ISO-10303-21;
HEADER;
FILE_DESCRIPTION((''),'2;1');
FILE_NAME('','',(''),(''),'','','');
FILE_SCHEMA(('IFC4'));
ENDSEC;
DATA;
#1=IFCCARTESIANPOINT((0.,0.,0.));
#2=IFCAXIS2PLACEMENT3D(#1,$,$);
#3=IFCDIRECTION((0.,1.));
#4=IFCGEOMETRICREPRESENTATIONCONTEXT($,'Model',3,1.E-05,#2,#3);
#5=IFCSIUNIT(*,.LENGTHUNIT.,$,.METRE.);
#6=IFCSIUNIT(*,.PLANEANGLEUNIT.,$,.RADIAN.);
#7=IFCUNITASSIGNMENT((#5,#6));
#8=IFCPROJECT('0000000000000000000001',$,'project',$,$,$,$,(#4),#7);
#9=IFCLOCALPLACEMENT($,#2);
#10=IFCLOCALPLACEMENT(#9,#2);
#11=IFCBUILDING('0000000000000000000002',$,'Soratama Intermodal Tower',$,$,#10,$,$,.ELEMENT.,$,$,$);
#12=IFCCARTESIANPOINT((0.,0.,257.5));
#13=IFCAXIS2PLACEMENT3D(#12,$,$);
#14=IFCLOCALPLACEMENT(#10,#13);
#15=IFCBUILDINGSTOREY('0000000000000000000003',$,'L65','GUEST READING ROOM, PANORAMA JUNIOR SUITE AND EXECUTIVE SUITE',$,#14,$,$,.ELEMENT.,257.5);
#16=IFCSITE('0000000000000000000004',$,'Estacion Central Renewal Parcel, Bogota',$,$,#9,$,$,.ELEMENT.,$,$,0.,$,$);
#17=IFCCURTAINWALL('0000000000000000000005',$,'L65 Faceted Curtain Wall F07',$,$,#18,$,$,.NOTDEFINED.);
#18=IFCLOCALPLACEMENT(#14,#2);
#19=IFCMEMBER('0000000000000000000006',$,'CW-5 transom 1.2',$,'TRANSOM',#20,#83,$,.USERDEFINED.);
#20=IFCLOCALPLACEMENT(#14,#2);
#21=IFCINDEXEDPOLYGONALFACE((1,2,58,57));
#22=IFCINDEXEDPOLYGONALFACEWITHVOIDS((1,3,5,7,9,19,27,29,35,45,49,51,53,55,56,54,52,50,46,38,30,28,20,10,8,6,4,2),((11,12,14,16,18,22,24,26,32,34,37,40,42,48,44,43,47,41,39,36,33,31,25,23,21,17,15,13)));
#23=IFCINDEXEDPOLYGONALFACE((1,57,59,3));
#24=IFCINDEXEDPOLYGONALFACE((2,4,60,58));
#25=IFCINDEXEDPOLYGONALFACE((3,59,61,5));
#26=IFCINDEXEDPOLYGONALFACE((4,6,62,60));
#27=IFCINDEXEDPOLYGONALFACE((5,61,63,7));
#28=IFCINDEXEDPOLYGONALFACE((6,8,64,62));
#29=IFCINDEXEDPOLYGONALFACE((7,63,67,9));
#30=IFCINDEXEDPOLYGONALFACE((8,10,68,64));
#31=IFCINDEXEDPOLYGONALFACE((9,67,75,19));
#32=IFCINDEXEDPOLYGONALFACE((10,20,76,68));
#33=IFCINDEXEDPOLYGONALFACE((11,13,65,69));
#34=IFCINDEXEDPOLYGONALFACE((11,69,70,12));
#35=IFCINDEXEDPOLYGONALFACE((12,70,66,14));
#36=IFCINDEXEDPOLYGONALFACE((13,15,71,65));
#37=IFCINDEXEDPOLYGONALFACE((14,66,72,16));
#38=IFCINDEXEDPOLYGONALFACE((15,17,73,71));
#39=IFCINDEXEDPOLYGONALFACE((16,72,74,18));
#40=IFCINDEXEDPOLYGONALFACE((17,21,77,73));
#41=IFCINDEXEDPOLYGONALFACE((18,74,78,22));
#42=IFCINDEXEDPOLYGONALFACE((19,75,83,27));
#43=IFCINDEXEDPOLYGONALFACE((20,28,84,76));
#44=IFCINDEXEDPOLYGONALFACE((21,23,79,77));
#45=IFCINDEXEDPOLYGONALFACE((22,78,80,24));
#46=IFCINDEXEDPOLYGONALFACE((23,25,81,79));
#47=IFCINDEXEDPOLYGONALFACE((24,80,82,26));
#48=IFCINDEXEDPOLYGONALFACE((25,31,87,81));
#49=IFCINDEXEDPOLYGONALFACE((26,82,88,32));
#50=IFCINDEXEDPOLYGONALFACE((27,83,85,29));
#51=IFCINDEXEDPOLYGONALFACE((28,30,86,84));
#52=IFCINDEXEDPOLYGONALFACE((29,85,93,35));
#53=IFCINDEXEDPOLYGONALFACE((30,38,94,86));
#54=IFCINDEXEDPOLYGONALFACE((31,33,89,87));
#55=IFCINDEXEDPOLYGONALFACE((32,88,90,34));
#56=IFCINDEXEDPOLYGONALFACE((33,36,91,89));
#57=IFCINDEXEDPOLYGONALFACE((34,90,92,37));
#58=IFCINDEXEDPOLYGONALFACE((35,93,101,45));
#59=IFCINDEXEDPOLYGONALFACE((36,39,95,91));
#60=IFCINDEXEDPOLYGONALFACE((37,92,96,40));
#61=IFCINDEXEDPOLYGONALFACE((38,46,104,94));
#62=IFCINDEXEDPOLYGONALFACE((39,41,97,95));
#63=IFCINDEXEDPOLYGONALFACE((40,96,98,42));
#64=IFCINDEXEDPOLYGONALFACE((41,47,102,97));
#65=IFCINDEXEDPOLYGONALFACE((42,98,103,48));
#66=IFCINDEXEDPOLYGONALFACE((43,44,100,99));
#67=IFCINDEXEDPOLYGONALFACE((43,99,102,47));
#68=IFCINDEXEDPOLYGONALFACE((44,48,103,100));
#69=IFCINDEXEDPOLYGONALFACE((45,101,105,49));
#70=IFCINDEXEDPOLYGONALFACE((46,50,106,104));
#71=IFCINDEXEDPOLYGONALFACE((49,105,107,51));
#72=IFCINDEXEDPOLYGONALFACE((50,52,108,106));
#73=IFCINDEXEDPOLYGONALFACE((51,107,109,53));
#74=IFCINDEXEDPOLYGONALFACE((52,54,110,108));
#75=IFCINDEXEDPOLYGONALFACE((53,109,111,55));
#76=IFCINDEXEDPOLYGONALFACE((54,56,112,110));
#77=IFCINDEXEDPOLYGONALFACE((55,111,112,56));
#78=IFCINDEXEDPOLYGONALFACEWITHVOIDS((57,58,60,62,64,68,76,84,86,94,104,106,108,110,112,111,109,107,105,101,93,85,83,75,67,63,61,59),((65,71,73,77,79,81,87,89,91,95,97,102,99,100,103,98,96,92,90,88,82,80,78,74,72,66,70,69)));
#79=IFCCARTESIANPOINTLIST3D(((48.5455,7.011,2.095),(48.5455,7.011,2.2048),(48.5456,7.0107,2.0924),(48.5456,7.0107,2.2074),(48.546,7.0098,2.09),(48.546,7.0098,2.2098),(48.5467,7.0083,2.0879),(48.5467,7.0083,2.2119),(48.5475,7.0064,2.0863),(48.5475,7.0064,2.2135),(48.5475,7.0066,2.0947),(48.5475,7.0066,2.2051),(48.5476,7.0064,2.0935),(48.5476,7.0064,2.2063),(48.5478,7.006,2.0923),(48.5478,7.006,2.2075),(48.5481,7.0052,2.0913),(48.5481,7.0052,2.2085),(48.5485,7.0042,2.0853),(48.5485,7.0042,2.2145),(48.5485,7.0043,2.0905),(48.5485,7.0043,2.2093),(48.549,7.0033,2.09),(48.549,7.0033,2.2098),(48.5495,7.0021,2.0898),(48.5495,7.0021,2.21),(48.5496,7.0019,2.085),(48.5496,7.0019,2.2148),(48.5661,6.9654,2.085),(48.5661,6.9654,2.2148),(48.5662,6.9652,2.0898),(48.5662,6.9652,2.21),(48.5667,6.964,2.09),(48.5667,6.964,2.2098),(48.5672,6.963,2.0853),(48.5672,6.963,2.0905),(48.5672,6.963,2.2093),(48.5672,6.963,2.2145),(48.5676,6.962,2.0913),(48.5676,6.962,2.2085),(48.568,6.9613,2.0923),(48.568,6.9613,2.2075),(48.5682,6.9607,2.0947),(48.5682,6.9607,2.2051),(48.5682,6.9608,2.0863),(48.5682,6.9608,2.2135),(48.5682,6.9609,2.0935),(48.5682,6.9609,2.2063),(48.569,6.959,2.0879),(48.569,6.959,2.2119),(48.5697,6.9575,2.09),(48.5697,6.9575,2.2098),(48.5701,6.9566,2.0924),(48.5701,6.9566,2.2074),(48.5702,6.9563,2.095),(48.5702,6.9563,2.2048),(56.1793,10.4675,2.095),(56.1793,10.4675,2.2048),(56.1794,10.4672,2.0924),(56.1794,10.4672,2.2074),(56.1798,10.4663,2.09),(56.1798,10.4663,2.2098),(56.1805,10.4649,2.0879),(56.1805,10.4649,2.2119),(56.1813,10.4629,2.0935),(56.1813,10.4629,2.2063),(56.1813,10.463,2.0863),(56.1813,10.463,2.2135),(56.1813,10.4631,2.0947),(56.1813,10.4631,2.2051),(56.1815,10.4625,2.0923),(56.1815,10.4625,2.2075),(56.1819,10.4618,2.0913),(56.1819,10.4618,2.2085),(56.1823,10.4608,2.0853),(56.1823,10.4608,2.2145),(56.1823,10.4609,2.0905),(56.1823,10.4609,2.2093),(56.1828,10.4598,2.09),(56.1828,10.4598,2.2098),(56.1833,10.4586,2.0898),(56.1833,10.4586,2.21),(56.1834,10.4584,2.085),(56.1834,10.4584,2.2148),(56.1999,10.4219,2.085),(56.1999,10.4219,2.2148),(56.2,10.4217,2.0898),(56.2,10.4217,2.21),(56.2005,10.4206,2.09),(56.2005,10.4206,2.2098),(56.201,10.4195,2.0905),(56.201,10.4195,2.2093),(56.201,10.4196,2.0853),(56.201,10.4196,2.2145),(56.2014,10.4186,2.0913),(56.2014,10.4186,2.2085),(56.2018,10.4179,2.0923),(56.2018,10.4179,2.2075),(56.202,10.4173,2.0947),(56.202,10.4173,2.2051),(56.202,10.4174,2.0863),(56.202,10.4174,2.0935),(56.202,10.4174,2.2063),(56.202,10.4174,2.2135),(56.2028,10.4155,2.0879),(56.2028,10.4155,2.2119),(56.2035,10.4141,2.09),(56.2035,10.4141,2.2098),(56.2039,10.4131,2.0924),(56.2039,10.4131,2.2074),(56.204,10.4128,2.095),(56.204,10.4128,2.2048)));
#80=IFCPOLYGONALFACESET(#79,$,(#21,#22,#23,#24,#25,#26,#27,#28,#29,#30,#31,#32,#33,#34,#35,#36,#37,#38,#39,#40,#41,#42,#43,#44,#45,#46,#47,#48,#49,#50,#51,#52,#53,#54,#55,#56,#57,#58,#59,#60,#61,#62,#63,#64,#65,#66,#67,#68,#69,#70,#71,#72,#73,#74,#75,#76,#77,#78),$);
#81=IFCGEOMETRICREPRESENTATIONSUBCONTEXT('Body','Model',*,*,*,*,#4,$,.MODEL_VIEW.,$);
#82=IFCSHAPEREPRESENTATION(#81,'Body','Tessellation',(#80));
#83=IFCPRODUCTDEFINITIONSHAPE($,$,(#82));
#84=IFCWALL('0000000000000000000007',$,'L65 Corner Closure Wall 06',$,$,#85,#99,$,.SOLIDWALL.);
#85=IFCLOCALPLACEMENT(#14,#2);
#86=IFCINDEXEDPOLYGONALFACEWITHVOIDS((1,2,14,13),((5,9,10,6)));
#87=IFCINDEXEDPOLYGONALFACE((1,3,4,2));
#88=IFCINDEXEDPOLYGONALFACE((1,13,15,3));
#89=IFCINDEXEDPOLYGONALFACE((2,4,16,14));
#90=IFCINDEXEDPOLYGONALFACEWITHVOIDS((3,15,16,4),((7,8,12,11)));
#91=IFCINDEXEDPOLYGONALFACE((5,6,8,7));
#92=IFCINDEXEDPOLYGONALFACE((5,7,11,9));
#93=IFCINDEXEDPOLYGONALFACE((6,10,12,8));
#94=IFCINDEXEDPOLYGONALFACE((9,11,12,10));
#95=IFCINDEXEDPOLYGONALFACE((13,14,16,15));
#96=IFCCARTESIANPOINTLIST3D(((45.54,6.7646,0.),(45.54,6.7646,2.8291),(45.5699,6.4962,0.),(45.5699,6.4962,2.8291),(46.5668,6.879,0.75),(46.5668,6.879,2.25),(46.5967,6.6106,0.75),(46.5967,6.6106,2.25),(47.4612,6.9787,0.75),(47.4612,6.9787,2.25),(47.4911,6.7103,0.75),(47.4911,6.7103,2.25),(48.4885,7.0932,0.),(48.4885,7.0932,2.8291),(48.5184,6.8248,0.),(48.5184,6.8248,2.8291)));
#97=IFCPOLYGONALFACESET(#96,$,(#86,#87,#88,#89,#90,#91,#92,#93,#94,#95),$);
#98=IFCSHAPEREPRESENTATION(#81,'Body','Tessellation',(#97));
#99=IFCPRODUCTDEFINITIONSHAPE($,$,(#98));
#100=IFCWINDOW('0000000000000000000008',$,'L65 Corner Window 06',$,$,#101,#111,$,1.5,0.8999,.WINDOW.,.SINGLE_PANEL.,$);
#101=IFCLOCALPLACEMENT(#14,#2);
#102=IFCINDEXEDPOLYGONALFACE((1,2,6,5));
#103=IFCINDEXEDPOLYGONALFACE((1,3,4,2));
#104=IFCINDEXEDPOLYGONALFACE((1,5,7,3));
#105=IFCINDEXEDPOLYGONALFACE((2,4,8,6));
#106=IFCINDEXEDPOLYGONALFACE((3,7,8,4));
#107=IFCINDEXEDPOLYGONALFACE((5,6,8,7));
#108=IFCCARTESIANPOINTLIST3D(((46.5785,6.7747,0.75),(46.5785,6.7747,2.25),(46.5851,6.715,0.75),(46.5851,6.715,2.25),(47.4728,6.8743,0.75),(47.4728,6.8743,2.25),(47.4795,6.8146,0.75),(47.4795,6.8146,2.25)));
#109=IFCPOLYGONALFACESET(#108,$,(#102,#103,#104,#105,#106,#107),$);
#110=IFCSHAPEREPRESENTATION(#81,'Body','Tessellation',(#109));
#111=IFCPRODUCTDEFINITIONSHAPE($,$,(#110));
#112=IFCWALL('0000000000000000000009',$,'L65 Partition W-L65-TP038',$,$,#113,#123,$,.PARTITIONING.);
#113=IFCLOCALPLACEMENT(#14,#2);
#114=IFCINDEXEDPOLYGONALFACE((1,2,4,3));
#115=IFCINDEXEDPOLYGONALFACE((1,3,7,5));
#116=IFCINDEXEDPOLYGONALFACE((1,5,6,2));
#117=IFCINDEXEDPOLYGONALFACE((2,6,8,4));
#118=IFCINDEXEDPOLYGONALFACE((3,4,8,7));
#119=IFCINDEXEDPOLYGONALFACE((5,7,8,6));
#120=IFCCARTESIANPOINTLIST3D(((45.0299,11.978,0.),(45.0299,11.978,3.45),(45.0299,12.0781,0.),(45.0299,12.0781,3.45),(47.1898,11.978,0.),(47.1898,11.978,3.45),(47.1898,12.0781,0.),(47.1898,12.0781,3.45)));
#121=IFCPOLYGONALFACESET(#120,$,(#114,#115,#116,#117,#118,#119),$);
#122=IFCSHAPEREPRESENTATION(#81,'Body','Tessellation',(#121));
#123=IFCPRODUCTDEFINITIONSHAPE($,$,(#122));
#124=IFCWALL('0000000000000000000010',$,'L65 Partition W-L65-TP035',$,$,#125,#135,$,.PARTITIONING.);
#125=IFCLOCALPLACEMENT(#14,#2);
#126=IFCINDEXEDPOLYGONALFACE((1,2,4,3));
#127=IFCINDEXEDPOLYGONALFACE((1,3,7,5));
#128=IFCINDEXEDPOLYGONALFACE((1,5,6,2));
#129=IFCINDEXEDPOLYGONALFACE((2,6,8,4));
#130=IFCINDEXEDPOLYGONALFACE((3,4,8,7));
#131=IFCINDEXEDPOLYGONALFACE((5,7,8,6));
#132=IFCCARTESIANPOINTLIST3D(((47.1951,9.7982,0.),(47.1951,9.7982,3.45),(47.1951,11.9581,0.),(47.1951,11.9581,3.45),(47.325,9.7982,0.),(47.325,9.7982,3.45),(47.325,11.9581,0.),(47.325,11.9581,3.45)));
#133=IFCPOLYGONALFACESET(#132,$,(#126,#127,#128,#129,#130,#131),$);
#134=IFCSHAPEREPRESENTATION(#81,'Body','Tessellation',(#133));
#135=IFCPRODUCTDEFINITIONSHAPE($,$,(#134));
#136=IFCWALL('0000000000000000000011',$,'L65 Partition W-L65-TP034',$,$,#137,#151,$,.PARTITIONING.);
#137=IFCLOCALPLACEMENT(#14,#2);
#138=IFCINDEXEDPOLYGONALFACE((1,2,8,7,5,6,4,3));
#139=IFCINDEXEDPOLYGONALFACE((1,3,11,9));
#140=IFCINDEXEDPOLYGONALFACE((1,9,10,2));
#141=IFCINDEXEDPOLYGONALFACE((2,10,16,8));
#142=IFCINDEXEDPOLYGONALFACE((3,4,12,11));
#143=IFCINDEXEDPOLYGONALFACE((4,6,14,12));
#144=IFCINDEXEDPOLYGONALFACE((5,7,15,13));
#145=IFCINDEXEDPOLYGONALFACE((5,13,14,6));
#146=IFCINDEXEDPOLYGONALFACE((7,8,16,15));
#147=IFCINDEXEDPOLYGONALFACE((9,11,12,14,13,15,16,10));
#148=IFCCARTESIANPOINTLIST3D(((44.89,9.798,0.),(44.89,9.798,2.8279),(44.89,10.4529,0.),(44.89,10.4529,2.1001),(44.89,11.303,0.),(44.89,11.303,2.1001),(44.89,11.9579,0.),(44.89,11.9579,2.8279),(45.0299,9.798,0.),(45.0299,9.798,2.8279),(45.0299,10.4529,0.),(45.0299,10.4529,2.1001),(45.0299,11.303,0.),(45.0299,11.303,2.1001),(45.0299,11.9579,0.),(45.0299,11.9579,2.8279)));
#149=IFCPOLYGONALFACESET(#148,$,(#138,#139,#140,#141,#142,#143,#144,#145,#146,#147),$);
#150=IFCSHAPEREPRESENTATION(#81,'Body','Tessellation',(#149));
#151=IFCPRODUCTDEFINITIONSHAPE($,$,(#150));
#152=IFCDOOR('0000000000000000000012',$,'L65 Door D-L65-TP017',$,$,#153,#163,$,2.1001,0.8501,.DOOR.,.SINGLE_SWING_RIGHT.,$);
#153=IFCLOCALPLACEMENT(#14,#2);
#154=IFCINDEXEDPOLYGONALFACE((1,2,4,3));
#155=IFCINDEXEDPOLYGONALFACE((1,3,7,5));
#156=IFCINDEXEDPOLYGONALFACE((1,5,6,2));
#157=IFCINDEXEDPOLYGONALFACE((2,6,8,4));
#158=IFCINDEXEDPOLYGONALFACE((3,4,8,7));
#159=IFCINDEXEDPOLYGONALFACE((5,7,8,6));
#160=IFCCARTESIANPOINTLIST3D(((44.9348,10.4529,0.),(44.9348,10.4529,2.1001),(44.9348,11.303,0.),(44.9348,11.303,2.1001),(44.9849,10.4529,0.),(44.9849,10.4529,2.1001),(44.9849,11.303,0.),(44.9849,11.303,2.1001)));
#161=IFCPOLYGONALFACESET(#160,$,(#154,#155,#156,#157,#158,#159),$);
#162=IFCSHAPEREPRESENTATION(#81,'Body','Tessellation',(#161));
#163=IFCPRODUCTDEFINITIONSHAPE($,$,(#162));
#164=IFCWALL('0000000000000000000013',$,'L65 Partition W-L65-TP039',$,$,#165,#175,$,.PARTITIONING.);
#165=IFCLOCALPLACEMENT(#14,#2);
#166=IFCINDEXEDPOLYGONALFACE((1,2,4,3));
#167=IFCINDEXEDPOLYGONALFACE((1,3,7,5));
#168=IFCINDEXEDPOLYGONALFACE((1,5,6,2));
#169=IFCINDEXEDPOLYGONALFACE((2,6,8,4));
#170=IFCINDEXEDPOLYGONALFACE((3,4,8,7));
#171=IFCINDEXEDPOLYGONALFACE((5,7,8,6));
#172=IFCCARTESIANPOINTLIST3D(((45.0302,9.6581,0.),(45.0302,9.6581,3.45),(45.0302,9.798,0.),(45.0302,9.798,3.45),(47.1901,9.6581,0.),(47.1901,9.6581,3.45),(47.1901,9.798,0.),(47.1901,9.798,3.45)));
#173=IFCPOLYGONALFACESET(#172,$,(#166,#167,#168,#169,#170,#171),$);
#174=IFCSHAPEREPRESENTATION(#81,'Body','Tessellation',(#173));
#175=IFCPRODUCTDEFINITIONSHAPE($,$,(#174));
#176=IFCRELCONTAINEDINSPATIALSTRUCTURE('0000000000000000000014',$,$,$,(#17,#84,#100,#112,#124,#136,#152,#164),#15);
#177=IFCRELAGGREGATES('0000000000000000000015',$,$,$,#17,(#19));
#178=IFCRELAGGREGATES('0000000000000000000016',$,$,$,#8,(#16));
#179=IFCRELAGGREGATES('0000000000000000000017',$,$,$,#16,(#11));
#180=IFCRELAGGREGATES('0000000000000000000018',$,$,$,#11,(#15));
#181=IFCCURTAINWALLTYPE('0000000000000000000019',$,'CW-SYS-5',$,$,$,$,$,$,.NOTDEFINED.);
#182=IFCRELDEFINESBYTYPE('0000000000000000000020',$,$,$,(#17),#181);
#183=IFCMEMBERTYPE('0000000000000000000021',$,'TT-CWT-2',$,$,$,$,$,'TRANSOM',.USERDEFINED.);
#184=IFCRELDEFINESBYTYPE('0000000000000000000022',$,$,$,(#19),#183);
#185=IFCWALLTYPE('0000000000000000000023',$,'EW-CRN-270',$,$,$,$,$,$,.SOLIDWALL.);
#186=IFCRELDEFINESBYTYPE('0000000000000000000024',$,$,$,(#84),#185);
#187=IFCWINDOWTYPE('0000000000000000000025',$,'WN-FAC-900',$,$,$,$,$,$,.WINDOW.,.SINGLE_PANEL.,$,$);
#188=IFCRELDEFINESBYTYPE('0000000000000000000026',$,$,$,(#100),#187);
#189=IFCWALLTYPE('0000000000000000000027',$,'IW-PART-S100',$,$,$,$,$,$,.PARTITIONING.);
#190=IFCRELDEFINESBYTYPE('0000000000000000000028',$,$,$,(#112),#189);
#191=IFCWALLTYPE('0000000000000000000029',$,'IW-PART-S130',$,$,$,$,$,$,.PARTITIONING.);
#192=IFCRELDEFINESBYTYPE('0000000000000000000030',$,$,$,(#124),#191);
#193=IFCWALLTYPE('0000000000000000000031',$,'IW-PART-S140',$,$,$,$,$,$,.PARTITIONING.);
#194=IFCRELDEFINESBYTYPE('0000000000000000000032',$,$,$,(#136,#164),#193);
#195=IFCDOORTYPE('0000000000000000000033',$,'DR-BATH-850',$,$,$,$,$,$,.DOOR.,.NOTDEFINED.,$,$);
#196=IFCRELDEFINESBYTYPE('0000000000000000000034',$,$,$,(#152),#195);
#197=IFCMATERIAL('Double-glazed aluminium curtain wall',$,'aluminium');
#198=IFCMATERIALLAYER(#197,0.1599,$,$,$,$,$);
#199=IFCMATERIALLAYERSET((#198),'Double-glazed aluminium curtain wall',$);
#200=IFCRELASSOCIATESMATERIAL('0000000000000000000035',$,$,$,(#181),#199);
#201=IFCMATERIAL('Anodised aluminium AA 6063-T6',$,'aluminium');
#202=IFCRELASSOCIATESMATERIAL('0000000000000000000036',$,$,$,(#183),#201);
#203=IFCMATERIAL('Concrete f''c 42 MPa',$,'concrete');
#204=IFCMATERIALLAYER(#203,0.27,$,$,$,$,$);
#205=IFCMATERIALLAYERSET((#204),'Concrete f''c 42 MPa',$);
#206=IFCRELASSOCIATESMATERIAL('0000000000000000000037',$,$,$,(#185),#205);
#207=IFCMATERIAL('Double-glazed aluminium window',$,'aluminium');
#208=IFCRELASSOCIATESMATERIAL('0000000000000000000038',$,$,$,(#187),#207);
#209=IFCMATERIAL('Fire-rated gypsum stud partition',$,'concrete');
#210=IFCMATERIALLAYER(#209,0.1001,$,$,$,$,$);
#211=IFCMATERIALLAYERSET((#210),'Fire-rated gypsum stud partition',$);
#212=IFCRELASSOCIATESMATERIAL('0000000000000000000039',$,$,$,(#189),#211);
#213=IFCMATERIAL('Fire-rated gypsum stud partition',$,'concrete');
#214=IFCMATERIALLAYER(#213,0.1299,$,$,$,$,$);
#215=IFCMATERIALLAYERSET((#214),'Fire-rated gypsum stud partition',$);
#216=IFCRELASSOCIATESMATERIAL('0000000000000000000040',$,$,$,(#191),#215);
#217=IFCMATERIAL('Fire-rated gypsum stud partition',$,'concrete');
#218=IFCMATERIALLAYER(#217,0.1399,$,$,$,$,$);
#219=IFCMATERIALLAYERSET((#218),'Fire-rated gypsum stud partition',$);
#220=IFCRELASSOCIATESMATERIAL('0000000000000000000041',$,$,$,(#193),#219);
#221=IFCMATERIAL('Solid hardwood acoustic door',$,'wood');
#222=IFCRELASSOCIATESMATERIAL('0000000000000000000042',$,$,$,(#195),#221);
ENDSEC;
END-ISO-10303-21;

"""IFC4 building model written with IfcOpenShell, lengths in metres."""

from ifc_helpers import new_model, si_unit, direction, frame, frame_2d, origin, origin_2d, place, context, subcontext, project, spatial, rectangle, hollow_rectangle, extrude, material, layer, layer_set, material_profile, profile_set, type_object, element, fill, aggregate, save


model = new_model("IFC4")

# Units and contexts
model_context = context("Model", 3, precision=1e-05, world=origin(), true_north=direction((0.0, 1.0)))
body_context = subcontext(model_context, "Body", "Model", "MODEL_VIEW")
ifc_project = project(units=[si_unit("LENGTHUNIT", "METRE"), si_unit("PLANEANGLEUNIT", "RADIAN")], contexts=[model_context])

# Site, building, storey
site_placement = place(None, origin())
site = spatial("IfcSite", under=ifc_project, at=site_placement, Name="Estacion Central Renewal Parcel, Bogota", CompositionType="ELEMENT", RefElevation=0.0)
building_placement = place(site_placement, origin())
building = spatial("IfcBuilding", under=site, at=building_placement, Name="Soratama Intermodal Tower", CompositionType="ELEMENT")
storey_placement = place(building_placement, frame((0.0, 0.0, 257.5)))
storey = spatial("IfcBuildingStorey", under=building, at=storey_placement, Name="L65", Description="GUEST READING ROOM, PANORAMA JUNIOR SUITE AND EXECUTIVE SUITE", CompositionType="ELEMENT", Elevation=257.5)

# Curtain wall, member
ifc_material_1 = material(Name="Double-glazed aluminium curtain wall", Category="aluminium")
ifc_layer_1 = layer(ifc_material_1, 0.1599)
ifc_layer_set_1 = layer_set([ifc_layer_1], Name="Double-glazed aluminium curtain wall")
curtain_wall_type = type_object("IfcCurtainWallType", Name="CW-SYS-5", PredefinedType="NOTDEFINED", material=ifc_layer_set_1)
curtain_wall_placement = place(storey_placement, origin())
curtain_wall = element("IfcCurtainWall", 1, at=curtain_wall_placement, inside=storey, type_object=curtain_wall_type, Name="L65 Faceted Curtain Wall F07", PredefinedType="NOTDEFINED")
ifc_material_2 = material(Name="Anodised aluminium AA 6063-T6", Category="aluminium")
ifc_material_profile_1 = material_profile(ifc_material_2, hollow_rectangle(XDim=0.0601, YDim=0.1299, WallThickness=0.0049, InnerFilletRadius=0.0049, OuterFilletRadius=0.01, at=origin_2d()), Name="CWT130X60X5")
ifc_profile_set_1 = profile_set([ifc_material_profile_1], Name="Anodised aluminium AA 6063-T6")
member_type_1 = type_object("IfcMemberType", Name="TT-CWT-2", ElementType="TRANSOM", PredefinedType="USERDEFINED", material=ifc_profile_set_1)
member_1_placement = place(storey_placement, frame((48.5579, 6.9836, 2.1499), z_axis=(0.910966, 0.412481, 0.0), x_axis=(-0.412481, 0.910966, 0.0)))
member_1 = element("IfcMember", 2, at=member_1_placement, type_object=member_type_1, Name="CW-5 transom 1.2", ObjectType="TRANSOM", PredefinedType="USERDEFINED", context=body_context, shape_type="SweptSolid", body=[
    extrude(hollow_rectangle(XDim=0.0601, YDim=0.1299, WallThickness=0.0049, InnerFilletRadius=0.0049, OuterFilletRadius=0.01, at=origin_2d()), origin(), (0.0, 0.0, 1.0), 8.3799),
])
aggregate(curtain_wall, [member_1])

# Wall, opening, window
ifc_material_3 = material(Name="Concrete f'c 42 MPa", Category="concrete")
ifc_layer_2 = layer(ifc_material_3, 0.27)
ifc_layer_set_2 = layer_set([ifc_layer_2], Name="Concrete f'c 42 MPa")
wall_type_1 = type_object("IfcWallType", Name="EW-CRN-270", PredefinedType="SOLIDWALL", material=ifc_layer_set_2)
wall_1_placement = place(storey_placement, frame((45.5549, 6.6304, 0.0), z_axis=(0.0, 0.0, 1.0), x_axis=(0.993847, 0.110766, 0.0)))
wall_1 = element("IfcWall", 3, at=wall_1_placement, inside=storey, type_object=wall_type_1, Name="L65 Corner Closure Wall 06", PredefinedType="SOLIDWALL", context=body_context, shape_type="SweptSolid", body=[
    extrude(rectangle(XDim=2.9668, YDim=0.27, at=frame_2d((1.4834, 0.0))), origin(), (0.0, 0.0, 1.0), 2.8291),
])
opening_1_placement = place(wall_1_placement, frame((1.0332, 0.0, 0.75)))
opening_1 = element("IfcOpeningElement", 4, at=opening_1_placement, cuts=wall_1, PredefinedType="OPENING", context=body_context, shape_type="SweptSolid", body=[
    extrude(rectangle(XDim=0.8999, YDim=1.5, at=frame_2d((0.45, 0.75))), frame((0.0, 0.145, 0.0), z_axis=(0.0, -1.0, 0.0), x_axis=(1.0, 0.0, 0.0)), (0.0, 0.0, 1.0), 0.29),
])
ifc_material_4 = material(Name="Double-glazed aluminium window", Category="aluminium")
window_type = type_object("IfcWindowType", Name="WN-FAC-900", PartitioningType="SINGLE_PANEL", PredefinedType="WINDOW", material=ifc_material_4)
window_placement = place(opening_1_placement, origin())
window = element("IfcWindow", 5, at=window_placement, inside=storey, type_object=window_type, Name="L65 Corner Window 06", OverallHeight=1.5, OverallWidth=0.8999, PartitioningType="SINGLE_PANEL", PredefinedType="WINDOW", context=body_context, shape_type="SweptSolid", body=[
    extrude(rectangle(XDim=0.8999, YDim=1.5, at=frame_2d((0.45, 0.75))), frame((0.0, 0.03, 0.0), z_axis=(0.0, -1.0, 0.0), x_axis=(1.0, 0.0, 0.0)), (0.0, 0.0, 1.0), 0.0601),
])
fill(opening_1, window)

# Walls
ifc_material_5 = material(Name="Fire-rated gypsum stud partition", Category="concrete")
ifc_layer_3 = layer(ifc_material_5, 0.1001)
ifc_layer_set_3 = layer_set([ifc_layer_3], Name="Fire-rated gypsum stud partition")
wall_type_2 = type_object("IfcWallType", Name="IW-PART-S100", PredefinedType="PARTITIONING", material=ifc_layer_set_3)
wall_2_placement = place(storey_placement, frame((47.1899, 12.0281, 0.0), z_axis=(0.0, 0.0, 1.0), x_axis=(-1.0, 0.0, 0.0)))
element("IfcWall", 6, at=wall_2_placement, inside=storey, type_object=wall_type_2, Name="L65 Partition W-L65-TP038", PredefinedType="PARTITIONING", context=body_context, shape_type="SweptSolid", body=[
    extrude(rectangle(XDim=2.1599, YDim=0.1001, at=frame_2d((1.0801, 0.0))), origin(), (0.0, 0.0, 1.0), 3.45),
])
ifc_material_6 = material(Name="Fire-rated gypsum stud partition", Category="concrete")
ifc_layer_4 = layer(ifc_material_6, 0.1299)
ifc_layer_set_4 = layer_set([ifc_layer_4], Name="Fire-rated gypsum stud partition")
wall_type_3 = type_object("IfcWallType", Name="IW-PART-S130", PredefinedType="PARTITIONING", material=ifc_layer_set_4)
wall_3_placement = place(storey_placement, frame((47.26, 9.7981, 0.0), z_axis=(0.0, 0.0, 1.0), x_axis=(0.0, 1.0, 0.0)))
element("IfcWall", 7, at=wall_3_placement, inside=storey, type_object=wall_type_3, Name="L65 Partition W-L65-TP035", PredefinedType="PARTITIONING", context=body_context, shape_type="SweptSolid", body=[
    extrude(rectangle(XDim=2.1599, YDim=0.1299, at=frame_2d((1.0801, 0.0))), origin(), (0.0, 0.0, 1.0), 3.45),
])

# Wall, opening, door
ifc_material_7 = material(Name="Fire-rated gypsum stud partition", Category="concrete")
ifc_layer_5 = layer(ifc_material_7, 0.1399)
ifc_layer_set_5 = layer_set([ifc_layer_5], Name="Fire-rated gypsum stud partition")
wall_type_4 = type_object("IfcWallType", Name="IW-PART-S140", PredefinedType="PARTITIONING", material=ifc_layer_set_5)
wall_4_placement = place(storey_placement, frame((44.96, 11.958, 0.0), z_axis=(0.0, 0.0, 1.0), x_axis=(0.0, -1.0, 0.0)))
wall_4 = element("IfcWall", 8, at=wall_4_placement, inside=storey, type_object=wall_type_4, Name="L65 Partition W-L65-TP034", PredefinedType="PARTITIONING", context=body_context, shape_type="SweptSolid", body=[
    extrude(rectangle(XDim=2.1599, YDim=0.1399, at=frame_2d((1.0801, 0.0))), origin(), (0.0, 0.0, 1.0), 2.8279),
])
opening_2_placement = place(wall_4_placement, frame((0.655, 0.0, 0.0)))
opening_2 = element("IfcOpeningElement", 9, at=opening_2_placement, cuts=wall_4, PredefinedType="OPENING", context=body_context, shape_type="SweptSolid", body=[
    extrude(rectangle(XDim=0.8501, YDim=2.1001, at=frame_2d((0.425, 1.05))), frame((0.0, 0.0798, 0.0), z_axis=(0.0, -1.0, 0.0), x_axis=(1.0, 0.0, 0.0)), (0.0, 0.0, 1.0), 0.1599),
])
ifc_material_8 = material(Name="Solid hardwood acoustic door", Category="wood")
door_type = type_object("IfcDoorType", Name="DR-BATH-850", OperationType="NOTDEFINED", PredefinedType="DOOR", material=ifc_material_8)
door_placement = place(opening_2_placement, origin())
door = element("IfcDoor", 10, at=door_placement, inside=storey, type_object=door_type, Name="L65 Door D-L65-TP017", OperationType="SINGLE_SWING_RIGHT", OverallHeight=2.1001, OverallWidth=0.8501, PredefinedType="DOOR", context=body_context, shape_type="SweptSolid", body=[
    extrude(rectangle(XDim=0.8501, YDim=2.1001, at=frame_2d((0.425, 1.05))), frame((0.0, 0.0249, 0.0), z_axis=(0.0, -1.0, 0.0), x_axis=(1.0, 0.0, 0.0)), (0.0, 0.0, 1.0), 0.05),
])
fill(opening_2, door)

# Wall
wall_5_placement = place(storey_placement, frame((45.03, 9.728, 0.0), z_axis=(0.0, 0.0, 1.0), x_axis=(1.0, 0.0, 0.0)))
element("IfcWall", 11, at=wall_5_placement, inside=storey, type_object=wall_type_4, Name="L65 Partition W-L65-TP039", PredefinedType="PARTITIONING", context=body_context, shape_type="SweptSolid", body=[
    extrude(rectangle(XDim=2.1599, YDim=0.1399, at=frame_2d((1.0801, 0.0))), origin(), (0.0, 0.0, 1.0), 3.45),
])

save(model, "model.ifc")
